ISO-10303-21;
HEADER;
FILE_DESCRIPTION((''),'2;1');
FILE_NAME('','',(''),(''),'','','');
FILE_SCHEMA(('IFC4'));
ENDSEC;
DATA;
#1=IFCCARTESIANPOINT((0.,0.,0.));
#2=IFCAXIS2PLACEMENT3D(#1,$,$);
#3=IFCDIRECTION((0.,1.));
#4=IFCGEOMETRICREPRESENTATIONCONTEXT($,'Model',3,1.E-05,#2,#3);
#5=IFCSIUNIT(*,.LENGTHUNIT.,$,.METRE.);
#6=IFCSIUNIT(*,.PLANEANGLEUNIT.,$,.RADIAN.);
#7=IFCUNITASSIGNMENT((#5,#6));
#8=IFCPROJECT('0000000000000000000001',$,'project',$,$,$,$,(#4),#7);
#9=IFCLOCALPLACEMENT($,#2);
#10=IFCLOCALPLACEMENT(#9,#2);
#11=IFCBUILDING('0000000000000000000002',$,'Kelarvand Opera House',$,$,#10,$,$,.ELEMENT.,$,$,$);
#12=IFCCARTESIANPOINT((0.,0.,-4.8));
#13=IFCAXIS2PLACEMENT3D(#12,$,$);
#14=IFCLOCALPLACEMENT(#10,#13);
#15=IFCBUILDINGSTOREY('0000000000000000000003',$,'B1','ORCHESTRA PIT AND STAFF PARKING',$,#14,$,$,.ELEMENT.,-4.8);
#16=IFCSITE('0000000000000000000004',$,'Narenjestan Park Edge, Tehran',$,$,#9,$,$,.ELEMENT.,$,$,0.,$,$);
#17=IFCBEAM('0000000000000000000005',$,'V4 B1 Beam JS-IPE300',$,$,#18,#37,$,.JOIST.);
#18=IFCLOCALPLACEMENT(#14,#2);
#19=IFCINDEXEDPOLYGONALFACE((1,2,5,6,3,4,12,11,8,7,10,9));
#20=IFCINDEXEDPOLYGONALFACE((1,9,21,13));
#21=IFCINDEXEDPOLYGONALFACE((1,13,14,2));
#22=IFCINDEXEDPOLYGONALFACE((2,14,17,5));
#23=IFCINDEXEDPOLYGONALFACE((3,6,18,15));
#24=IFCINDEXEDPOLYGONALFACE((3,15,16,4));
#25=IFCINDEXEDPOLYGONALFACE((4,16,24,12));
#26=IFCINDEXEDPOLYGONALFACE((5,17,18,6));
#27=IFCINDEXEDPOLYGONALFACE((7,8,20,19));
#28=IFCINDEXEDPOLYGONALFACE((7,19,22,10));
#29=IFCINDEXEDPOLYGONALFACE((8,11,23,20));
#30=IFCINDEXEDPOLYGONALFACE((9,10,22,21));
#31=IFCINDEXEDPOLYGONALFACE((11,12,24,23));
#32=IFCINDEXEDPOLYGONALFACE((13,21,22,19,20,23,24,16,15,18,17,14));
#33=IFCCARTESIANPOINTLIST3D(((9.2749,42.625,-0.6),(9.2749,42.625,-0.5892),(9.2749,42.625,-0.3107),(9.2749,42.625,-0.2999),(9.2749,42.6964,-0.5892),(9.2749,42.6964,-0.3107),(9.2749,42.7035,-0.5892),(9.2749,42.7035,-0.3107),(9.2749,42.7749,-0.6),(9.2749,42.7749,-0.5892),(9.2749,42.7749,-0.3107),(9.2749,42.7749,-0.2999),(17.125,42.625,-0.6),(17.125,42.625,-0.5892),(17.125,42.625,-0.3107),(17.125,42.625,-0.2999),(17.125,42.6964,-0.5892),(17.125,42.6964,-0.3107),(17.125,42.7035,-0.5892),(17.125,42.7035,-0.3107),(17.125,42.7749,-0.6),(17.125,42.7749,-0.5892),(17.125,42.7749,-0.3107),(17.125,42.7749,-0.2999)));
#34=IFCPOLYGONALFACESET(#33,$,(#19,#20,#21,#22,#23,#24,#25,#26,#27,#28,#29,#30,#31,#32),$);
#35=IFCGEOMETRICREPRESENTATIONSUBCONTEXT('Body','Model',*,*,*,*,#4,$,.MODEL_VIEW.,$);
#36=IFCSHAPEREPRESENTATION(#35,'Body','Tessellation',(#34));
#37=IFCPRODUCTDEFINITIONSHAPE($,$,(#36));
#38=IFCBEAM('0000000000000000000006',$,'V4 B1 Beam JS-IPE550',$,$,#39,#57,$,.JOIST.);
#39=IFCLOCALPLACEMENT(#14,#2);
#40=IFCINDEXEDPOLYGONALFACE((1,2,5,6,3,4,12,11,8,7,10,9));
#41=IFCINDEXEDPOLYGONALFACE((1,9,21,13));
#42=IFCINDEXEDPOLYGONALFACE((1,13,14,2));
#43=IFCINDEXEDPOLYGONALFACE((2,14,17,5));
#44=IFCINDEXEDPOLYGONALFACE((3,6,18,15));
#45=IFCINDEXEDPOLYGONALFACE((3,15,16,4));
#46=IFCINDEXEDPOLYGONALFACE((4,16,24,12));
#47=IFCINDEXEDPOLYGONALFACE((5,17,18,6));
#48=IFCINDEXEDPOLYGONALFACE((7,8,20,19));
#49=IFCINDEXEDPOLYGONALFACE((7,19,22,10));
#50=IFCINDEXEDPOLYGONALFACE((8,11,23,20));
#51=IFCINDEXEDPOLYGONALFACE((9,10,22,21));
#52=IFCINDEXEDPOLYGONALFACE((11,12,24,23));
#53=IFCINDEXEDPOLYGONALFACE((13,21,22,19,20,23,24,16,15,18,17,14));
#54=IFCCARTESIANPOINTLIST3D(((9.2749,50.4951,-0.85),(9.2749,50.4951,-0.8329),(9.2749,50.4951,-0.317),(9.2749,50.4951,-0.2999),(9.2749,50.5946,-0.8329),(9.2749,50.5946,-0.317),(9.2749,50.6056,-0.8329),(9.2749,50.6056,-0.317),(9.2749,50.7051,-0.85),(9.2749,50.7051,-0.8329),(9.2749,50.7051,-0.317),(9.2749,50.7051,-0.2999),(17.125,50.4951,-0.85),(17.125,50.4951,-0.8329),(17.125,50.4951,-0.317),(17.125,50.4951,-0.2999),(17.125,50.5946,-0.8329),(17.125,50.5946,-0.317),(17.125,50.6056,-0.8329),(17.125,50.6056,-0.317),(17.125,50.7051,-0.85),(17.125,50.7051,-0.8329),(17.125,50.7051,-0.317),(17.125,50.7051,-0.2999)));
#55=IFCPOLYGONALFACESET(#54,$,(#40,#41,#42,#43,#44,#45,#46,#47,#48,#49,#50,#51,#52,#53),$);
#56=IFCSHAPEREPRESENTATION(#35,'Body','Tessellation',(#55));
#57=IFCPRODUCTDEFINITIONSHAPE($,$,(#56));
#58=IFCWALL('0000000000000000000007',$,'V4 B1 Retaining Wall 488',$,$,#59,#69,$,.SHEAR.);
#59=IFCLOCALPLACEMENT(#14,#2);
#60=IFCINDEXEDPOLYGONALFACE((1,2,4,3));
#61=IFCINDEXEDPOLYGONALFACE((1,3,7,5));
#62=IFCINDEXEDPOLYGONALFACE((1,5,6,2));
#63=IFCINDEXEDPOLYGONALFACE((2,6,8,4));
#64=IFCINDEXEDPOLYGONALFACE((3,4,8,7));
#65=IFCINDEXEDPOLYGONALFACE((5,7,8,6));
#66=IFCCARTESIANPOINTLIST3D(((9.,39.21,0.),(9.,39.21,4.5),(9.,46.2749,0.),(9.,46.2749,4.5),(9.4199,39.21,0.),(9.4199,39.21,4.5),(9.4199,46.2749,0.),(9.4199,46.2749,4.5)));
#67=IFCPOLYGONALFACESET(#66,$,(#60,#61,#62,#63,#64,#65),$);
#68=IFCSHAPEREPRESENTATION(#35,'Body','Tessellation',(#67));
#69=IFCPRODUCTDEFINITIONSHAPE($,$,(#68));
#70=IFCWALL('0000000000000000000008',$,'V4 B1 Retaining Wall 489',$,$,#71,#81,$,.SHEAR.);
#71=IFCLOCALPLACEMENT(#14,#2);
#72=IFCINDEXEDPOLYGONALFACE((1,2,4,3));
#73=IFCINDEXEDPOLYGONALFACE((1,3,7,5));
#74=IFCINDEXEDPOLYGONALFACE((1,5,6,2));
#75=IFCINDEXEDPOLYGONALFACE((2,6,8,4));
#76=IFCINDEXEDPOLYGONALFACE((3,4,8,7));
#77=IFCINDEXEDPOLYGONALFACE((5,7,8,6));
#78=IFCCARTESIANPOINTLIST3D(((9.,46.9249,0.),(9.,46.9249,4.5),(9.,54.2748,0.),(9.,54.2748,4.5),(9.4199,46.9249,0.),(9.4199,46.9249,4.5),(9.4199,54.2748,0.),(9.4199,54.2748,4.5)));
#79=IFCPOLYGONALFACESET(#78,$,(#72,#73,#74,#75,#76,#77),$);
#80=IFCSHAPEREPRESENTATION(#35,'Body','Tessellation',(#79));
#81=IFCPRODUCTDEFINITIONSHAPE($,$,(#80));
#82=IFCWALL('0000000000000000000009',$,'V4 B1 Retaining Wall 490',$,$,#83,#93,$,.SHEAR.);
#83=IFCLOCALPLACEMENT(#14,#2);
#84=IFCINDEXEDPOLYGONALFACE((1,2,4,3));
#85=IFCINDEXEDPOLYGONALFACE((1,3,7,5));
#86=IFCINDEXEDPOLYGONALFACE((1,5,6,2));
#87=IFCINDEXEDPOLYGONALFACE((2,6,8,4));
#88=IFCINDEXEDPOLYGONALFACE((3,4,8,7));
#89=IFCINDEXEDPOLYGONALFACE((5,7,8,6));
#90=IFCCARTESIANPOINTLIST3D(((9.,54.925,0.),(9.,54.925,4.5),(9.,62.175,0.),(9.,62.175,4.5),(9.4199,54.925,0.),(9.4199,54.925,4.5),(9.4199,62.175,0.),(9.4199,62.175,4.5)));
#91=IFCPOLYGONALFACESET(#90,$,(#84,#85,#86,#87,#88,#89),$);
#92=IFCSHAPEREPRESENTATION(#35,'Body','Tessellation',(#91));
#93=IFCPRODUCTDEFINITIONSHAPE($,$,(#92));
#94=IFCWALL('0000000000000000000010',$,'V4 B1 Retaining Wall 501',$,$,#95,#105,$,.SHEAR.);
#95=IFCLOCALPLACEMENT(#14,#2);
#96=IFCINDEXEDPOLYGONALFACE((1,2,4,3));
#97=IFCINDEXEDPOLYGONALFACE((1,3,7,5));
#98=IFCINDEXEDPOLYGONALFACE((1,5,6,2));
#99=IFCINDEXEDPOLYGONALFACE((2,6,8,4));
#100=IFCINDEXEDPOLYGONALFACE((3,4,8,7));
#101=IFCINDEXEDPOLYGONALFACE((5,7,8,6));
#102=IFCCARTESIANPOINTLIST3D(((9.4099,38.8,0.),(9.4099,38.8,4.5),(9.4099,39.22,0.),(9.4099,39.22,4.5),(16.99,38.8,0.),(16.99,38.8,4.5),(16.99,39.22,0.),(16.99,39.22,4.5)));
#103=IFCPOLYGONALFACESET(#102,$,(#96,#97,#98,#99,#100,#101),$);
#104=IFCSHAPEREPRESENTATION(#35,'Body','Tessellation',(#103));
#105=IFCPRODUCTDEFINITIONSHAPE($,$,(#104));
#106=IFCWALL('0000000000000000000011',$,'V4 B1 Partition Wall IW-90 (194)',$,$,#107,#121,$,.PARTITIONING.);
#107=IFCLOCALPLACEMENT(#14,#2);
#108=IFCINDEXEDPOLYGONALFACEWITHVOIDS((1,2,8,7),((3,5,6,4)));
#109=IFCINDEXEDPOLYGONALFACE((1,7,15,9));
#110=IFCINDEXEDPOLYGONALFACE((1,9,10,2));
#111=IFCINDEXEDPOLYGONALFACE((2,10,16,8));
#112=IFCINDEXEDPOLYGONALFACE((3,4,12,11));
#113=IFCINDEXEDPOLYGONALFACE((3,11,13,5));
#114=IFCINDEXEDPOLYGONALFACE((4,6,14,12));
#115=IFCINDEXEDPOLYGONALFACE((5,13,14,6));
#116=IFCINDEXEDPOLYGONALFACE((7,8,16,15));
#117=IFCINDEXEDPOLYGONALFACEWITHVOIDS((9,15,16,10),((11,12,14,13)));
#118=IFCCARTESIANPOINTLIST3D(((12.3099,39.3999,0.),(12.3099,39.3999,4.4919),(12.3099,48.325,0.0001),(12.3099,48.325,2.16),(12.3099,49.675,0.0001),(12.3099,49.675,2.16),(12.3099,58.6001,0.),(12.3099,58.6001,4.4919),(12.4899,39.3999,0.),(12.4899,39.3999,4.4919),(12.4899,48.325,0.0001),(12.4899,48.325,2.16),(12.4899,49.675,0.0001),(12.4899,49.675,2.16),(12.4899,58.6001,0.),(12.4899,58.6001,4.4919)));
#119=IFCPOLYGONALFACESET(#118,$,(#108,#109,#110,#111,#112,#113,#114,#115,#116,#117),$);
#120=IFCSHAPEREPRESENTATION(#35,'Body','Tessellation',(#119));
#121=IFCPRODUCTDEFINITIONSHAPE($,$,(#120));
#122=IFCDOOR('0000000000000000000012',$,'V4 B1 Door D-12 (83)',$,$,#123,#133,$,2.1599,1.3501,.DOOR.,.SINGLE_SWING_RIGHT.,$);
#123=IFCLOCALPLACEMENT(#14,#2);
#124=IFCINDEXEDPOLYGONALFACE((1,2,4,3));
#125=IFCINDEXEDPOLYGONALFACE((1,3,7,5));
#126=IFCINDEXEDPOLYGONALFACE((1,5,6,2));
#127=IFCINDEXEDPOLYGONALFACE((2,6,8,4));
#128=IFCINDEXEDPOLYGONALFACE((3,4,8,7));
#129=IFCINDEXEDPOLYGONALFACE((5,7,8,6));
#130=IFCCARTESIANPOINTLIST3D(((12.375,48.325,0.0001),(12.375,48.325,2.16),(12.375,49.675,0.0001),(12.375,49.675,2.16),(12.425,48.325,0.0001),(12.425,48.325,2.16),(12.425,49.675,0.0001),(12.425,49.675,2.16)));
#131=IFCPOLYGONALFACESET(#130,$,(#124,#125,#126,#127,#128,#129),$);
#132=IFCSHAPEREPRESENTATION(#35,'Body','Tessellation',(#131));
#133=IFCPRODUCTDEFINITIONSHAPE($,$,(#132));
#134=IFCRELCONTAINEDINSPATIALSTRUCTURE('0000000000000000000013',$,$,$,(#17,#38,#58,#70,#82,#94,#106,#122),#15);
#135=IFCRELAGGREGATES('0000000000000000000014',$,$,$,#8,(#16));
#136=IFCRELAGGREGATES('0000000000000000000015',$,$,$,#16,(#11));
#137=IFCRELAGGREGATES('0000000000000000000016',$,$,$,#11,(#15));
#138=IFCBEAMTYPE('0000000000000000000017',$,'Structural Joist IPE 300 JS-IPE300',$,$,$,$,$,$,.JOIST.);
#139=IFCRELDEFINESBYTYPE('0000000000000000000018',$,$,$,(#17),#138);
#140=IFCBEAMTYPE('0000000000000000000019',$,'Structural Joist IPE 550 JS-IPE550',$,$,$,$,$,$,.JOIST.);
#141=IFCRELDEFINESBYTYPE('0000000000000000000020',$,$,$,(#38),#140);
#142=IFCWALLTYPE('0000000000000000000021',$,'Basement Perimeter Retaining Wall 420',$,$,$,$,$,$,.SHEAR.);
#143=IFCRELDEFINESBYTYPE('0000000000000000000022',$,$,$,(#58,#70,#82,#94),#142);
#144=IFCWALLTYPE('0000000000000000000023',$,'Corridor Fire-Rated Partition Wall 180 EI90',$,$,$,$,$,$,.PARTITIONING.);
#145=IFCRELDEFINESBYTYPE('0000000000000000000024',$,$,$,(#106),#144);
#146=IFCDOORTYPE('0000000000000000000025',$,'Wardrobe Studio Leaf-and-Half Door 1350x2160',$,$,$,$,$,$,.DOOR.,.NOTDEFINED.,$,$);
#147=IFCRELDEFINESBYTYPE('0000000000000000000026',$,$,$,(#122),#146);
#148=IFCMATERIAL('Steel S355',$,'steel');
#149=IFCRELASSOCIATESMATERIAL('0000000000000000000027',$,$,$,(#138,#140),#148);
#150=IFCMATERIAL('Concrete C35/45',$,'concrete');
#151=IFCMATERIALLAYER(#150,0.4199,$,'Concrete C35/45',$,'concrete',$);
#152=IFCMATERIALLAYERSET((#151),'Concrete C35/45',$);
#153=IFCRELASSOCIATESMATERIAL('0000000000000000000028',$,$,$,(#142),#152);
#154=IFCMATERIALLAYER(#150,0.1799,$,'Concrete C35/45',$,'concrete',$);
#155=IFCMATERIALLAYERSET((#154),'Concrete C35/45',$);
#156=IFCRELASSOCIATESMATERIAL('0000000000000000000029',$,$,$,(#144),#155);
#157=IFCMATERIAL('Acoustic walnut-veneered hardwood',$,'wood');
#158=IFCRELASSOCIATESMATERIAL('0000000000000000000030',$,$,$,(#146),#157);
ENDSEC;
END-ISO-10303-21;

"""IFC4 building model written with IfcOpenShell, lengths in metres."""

from ifc_helpers import new_model, si_unit, direction, frame, frame_2d, origin, origin_2d, place, context, subcontext, project, spatial, rectangle, i_section, extrude, material, layer, layer_set, material_profile, profile_set, type_object, element, fill, save


model = new_model("IFC4")

# Units and contexts
model_context = context("Model", 3, precision=1e-05, world=origin(), true_north=direction((0.0, 1.0)))
body_context = subcontext(model_context, "Body", "Model", "MODEL_VIEW")
ifc_project = project(units=[si_unit("LENGTHUNIT", "METRE"), si_unit("PLANEANGLEUNIT", "RADIAN")], contexts=[model_context])

# Site, building, storey
site_placement = place(None, origin())
site = spatial("IfcSite", under=ifc_project, at=site_placement, Name="Narenjestan Park Edge, Tehran", CompositionType="ELEMENT", RefElevation=0.0)
building_placement = place(site_placement, origin())
building = spatial("IfcBuilding", under=site, at=building_placement, Name="Kelarvand Opera House", CompositionType="ELEMENT")
storey_placement = place(building_placement, frame((0.0, 0.0, -4.8)))
storey = spatial("IfcBuildingStorey", under=building, at=storey_placement, Name="B1", Description="ORCHESTRA PIT AND STAFF PARKING", CompositionType="ELEMENT", Elevation=-4.8)

# Beams
ifc_material_1 = material(Name="Steel S355", Category="steel")
ifc_material_profile_1 = material_profile(ifc_material_1, i_section(OverallWidth=0.1499, OverallDepth=0.3, WebThickness=0.0071, FlangeThickness=0.0107, at=origin_2d()), Name="IPE 300", Category="steel")
ifc_profile_set_1 = profile_set([ifc_material_profile_1], Name="Steel S355")
beam_type_1 = type_object("IfcBeamType", Name="Structural Joist IPE 300 JS-IPE300", PredefinedType="JOIST", material=ifc_profile_set_1)
beam_1_placement = place(storey_placement, frame((9.2749, 42.7, -0.45), z_axis=(1.0, 0.0, 0.0), x_axis=(0.0, 1.0, 0.0)))
element("IfcBeam", 1, at=beam_1_placement, inside=storey, type_object=beam_type_1, Name="V4 B1 Beam JS-IPE300", PredefinedType="JOIST", context=body_context, shape_type="SweptSolid", body=[
    extrude(i_section(OverallWidth=0.1499, OverallDepth=0.3, WebThickness=0.0071, FlangeThickness=0.0107, at=origin_2d()), origin(), (0.0, 0.0, 1.0), 7.8501),
])
ifc_material_profile_2 = material_profile(ifc_material_1, i_section(OverallWidth=0.21, OverallDepth=0.55, WebThickness=0.011, FlangeThickness=0.0171, at=origin_2d()), Name="IPE 550", Category="steel")
ifc_profile_set_2 = profile_set([ifc_material_profile_2], Name="Steel S355")
beam_type_2 = type_object("IfcBeamType", Name="Structural Joist IPE 550 JS-IPE550", PredefinedType="JOIST", material=ifc_profile_set_2)
beam_2_placement = place(storey_placement, frame((9.2749, 50.6001, -0.575), z_axis=(1.0, 0.0, 0.0), x_axis=(0.0, 1.0, 0.0)))
element("IfcBeam", 2, at=beam_2_placement, inside=storey, type_object=beam_type_2, Name="V4 B1 Beam JS-IPE550", PredefinedType="JOIST", context=body_context, shape_type="SweptSolid", body=[
    extrude(i_section(OverallWidth=0.21, OverallDepth=0.55, WebThickness=0.011, FlangeThickness=0.0171, at=origin_2d()), origin(), (0.0, 0.0, 1.0), 7.8501),
])

# Walls
ifc_material_2 = material(Name="Concrete C35/45", Category="concrete")
ifc_layer_1 = layer(ifc_material_2, 0.4199, Name="Concrete C35/45", Category="concrete")
ifc_layer_set_1 = layer_set([ifc_layer_1], Name="Concrete C35/45")
wall_type_1 = type_object("IfcWallType", Name="Basement Perimeter Retaining Wall 420", PredefinedType="SHEAR", material=ifc_layer_set_1)
wall_1_placement = place(storey_placement, frame((9.21, 39.21, 0.0), z_axis=(0.0, 0.0, 1.0), x_axis=(0.0, 1.0, 0.0)))
element("IfcWall", 3, at=wall_1_placement, inside=storey, type_object=wall_type_1, Name="V4 B1 Retaining Wall 488", PredefinedType="SHEAR", context=body_context, shape_type="SweptSolid", body=[
    extrude(rectangle(XDim=7.0649, YDim=0.4199, at=frame_2d((3.5325, 0.0))), origin(), (0.0, 0.0, 1.0), 4.5),
])
wall_2_placement = place(storey_placement, frame((9.21, 46.925, 0.0), z_axis=(0.0, 0.0, 1.0), x_axis=(0.0, 1.0, 0.0)))
element("IfcWall", 4, at=wall_2_placement, inside=storey, type_object=wall_type_1, Name="V4 B1 Retaining Wall 489", PredefinedType="SHEAR", context=body_context, shape_type="SweptSolid", body=[
    extrude(rectangle(XDim=7.3499, YDim=0.4199, at=frame_2d((3.6748, 0.0))), origin(), (0.0, 0.0, 1.0), 4.5),
])
wall_3_placement = place(storey_placement, frame((9.21, 54.925, 0.0), z_axis=(0.0, 0.0, 1.0), x_axis=(0.0, 1.0, 0.0)))
element("IfcWall", 5, at=wall_3_placement, inside=storey, type_object=wall_type_1, Name="V4 B1 Retaining Wall 490", PredefinedType="SHEAR", context=body_context, shape_type="SweptSolid", body=[
    extrude(rectangle(XDim=7.25, YDim=0.4199, at=frame_2d((3.625, 0.0))), origin(), (0.0, 0.0, 1.0), 4.5),
])
wall_4_placement = place(storey_placement, frame((16.99, 39.01, 0.0), z_axis=(0.0, 0.0, 1.0), x_axis=(-1.0, 0.0, 0.0)))
element("IfcWall", 6, at=wall_4_placement, inside=storey, type_object=wall_type_1, Name="V4 B1 Retaining Wall 501", PredefinedType="SHEAR", context=body_context, shape_type="SweptSolid", body=[
    extrude(rectangle(XDim=7.5801, YDim=0.4199, at=frame_2d((3.79, 0.0))), origin(), (0.0, 0.0, 1.0), 4.5),
])

# Wall, opening, door
ifc_layer_2 = layer(ifc_material_2, 0.1799, Name="Concrete C35/45", Category="concrete")
ifc_layer_set_2 = layer_set([ifc_layer_2], Name="Concrete C35/45")
wall_type_2 = type_object("IfcWallType", Name="Corridor Fire-Rated Partition Wall 180 EI90", PredefinedType="PARTITIONING", material=ifc_layer_set_2)
wall_5_placement = place(storey_placement, frame((12.3999, 39.3999, 0.0), z_axis=(0.0, 0.0, 1.0), x_axis=(0.0, 1.0, 0.0)))
wall_5 = element("IfcWall", 7, at=wall_5_placement, inside=storey, type_object=wall_type_2, Name="V4 B1 Partition Wall IW-90 (194)", PredefinedType="PARTITIONING", context=body_context, shape_type="SweptSolid", body=[
    extrude(rectangle(XDim=19.2002, YDim=0.1799, at=frame_2d((9.6001, 0.0))), origin(), (0.0, 0.0, 1.0), 4.4919),
])
opening_placement = place(wall_5_placement, frame((8.925, 0.0, 0.0)))
opening = element("IfcOpeningElement", 8, at=opening_placement, cuts=wall_5, PredefinedType="OPENING", context=body_context, shape_type="SweptSolid", body=[
    extrude(rectangle(XDim=1.3501, YDim=2.1599, at=frame_2d((0.675, 1.0801))), frame((0.0, 0.1001, 0.0), z_axis=(0.0, -1.0, 0.0), x_axis=(1.0, 0.0, 0.0)), (0.0, 0.0, 1.0), 0.2),
])
ifc_material_3 = material(Name="Acoustic walnut-veneered hardwood", Category="wood")
door_type = type_object("IfcDoorType", Name="Wardrobe Studio Leaf-and-Half Door 1350x2160", OperationType="NOTDEFINED", PredefinedType="DOOR", material=ifc_material_3)
door_placement = place(opening_placement, origin())
door = element("IfcDoor", 9, at=door_placement, inside=storey, type_object=door_type, Name="V4 B1 Door D-12 (83)", OperationType="SINGLE_SWING_RIGHT", OverallHeight=2.1599, OverallWidth=1.3501, PredefinedType="DOOR", context=body_context, shape_type="SweptSolid", body=[
    extrude(rectangle(XDim=1.3501, YDim=2.1599, at=frame_2d((0.675, 1.0801))), frame((0.0, 0.0249, 0.0), z_axis=(0.0, -1.0, 0.0), x_axis=(1.0, 0.0, 0.0)), (0.0, 0.0, 1.0), 0.05),
])
fill(opening, door)

save(model, "model.ifc")
